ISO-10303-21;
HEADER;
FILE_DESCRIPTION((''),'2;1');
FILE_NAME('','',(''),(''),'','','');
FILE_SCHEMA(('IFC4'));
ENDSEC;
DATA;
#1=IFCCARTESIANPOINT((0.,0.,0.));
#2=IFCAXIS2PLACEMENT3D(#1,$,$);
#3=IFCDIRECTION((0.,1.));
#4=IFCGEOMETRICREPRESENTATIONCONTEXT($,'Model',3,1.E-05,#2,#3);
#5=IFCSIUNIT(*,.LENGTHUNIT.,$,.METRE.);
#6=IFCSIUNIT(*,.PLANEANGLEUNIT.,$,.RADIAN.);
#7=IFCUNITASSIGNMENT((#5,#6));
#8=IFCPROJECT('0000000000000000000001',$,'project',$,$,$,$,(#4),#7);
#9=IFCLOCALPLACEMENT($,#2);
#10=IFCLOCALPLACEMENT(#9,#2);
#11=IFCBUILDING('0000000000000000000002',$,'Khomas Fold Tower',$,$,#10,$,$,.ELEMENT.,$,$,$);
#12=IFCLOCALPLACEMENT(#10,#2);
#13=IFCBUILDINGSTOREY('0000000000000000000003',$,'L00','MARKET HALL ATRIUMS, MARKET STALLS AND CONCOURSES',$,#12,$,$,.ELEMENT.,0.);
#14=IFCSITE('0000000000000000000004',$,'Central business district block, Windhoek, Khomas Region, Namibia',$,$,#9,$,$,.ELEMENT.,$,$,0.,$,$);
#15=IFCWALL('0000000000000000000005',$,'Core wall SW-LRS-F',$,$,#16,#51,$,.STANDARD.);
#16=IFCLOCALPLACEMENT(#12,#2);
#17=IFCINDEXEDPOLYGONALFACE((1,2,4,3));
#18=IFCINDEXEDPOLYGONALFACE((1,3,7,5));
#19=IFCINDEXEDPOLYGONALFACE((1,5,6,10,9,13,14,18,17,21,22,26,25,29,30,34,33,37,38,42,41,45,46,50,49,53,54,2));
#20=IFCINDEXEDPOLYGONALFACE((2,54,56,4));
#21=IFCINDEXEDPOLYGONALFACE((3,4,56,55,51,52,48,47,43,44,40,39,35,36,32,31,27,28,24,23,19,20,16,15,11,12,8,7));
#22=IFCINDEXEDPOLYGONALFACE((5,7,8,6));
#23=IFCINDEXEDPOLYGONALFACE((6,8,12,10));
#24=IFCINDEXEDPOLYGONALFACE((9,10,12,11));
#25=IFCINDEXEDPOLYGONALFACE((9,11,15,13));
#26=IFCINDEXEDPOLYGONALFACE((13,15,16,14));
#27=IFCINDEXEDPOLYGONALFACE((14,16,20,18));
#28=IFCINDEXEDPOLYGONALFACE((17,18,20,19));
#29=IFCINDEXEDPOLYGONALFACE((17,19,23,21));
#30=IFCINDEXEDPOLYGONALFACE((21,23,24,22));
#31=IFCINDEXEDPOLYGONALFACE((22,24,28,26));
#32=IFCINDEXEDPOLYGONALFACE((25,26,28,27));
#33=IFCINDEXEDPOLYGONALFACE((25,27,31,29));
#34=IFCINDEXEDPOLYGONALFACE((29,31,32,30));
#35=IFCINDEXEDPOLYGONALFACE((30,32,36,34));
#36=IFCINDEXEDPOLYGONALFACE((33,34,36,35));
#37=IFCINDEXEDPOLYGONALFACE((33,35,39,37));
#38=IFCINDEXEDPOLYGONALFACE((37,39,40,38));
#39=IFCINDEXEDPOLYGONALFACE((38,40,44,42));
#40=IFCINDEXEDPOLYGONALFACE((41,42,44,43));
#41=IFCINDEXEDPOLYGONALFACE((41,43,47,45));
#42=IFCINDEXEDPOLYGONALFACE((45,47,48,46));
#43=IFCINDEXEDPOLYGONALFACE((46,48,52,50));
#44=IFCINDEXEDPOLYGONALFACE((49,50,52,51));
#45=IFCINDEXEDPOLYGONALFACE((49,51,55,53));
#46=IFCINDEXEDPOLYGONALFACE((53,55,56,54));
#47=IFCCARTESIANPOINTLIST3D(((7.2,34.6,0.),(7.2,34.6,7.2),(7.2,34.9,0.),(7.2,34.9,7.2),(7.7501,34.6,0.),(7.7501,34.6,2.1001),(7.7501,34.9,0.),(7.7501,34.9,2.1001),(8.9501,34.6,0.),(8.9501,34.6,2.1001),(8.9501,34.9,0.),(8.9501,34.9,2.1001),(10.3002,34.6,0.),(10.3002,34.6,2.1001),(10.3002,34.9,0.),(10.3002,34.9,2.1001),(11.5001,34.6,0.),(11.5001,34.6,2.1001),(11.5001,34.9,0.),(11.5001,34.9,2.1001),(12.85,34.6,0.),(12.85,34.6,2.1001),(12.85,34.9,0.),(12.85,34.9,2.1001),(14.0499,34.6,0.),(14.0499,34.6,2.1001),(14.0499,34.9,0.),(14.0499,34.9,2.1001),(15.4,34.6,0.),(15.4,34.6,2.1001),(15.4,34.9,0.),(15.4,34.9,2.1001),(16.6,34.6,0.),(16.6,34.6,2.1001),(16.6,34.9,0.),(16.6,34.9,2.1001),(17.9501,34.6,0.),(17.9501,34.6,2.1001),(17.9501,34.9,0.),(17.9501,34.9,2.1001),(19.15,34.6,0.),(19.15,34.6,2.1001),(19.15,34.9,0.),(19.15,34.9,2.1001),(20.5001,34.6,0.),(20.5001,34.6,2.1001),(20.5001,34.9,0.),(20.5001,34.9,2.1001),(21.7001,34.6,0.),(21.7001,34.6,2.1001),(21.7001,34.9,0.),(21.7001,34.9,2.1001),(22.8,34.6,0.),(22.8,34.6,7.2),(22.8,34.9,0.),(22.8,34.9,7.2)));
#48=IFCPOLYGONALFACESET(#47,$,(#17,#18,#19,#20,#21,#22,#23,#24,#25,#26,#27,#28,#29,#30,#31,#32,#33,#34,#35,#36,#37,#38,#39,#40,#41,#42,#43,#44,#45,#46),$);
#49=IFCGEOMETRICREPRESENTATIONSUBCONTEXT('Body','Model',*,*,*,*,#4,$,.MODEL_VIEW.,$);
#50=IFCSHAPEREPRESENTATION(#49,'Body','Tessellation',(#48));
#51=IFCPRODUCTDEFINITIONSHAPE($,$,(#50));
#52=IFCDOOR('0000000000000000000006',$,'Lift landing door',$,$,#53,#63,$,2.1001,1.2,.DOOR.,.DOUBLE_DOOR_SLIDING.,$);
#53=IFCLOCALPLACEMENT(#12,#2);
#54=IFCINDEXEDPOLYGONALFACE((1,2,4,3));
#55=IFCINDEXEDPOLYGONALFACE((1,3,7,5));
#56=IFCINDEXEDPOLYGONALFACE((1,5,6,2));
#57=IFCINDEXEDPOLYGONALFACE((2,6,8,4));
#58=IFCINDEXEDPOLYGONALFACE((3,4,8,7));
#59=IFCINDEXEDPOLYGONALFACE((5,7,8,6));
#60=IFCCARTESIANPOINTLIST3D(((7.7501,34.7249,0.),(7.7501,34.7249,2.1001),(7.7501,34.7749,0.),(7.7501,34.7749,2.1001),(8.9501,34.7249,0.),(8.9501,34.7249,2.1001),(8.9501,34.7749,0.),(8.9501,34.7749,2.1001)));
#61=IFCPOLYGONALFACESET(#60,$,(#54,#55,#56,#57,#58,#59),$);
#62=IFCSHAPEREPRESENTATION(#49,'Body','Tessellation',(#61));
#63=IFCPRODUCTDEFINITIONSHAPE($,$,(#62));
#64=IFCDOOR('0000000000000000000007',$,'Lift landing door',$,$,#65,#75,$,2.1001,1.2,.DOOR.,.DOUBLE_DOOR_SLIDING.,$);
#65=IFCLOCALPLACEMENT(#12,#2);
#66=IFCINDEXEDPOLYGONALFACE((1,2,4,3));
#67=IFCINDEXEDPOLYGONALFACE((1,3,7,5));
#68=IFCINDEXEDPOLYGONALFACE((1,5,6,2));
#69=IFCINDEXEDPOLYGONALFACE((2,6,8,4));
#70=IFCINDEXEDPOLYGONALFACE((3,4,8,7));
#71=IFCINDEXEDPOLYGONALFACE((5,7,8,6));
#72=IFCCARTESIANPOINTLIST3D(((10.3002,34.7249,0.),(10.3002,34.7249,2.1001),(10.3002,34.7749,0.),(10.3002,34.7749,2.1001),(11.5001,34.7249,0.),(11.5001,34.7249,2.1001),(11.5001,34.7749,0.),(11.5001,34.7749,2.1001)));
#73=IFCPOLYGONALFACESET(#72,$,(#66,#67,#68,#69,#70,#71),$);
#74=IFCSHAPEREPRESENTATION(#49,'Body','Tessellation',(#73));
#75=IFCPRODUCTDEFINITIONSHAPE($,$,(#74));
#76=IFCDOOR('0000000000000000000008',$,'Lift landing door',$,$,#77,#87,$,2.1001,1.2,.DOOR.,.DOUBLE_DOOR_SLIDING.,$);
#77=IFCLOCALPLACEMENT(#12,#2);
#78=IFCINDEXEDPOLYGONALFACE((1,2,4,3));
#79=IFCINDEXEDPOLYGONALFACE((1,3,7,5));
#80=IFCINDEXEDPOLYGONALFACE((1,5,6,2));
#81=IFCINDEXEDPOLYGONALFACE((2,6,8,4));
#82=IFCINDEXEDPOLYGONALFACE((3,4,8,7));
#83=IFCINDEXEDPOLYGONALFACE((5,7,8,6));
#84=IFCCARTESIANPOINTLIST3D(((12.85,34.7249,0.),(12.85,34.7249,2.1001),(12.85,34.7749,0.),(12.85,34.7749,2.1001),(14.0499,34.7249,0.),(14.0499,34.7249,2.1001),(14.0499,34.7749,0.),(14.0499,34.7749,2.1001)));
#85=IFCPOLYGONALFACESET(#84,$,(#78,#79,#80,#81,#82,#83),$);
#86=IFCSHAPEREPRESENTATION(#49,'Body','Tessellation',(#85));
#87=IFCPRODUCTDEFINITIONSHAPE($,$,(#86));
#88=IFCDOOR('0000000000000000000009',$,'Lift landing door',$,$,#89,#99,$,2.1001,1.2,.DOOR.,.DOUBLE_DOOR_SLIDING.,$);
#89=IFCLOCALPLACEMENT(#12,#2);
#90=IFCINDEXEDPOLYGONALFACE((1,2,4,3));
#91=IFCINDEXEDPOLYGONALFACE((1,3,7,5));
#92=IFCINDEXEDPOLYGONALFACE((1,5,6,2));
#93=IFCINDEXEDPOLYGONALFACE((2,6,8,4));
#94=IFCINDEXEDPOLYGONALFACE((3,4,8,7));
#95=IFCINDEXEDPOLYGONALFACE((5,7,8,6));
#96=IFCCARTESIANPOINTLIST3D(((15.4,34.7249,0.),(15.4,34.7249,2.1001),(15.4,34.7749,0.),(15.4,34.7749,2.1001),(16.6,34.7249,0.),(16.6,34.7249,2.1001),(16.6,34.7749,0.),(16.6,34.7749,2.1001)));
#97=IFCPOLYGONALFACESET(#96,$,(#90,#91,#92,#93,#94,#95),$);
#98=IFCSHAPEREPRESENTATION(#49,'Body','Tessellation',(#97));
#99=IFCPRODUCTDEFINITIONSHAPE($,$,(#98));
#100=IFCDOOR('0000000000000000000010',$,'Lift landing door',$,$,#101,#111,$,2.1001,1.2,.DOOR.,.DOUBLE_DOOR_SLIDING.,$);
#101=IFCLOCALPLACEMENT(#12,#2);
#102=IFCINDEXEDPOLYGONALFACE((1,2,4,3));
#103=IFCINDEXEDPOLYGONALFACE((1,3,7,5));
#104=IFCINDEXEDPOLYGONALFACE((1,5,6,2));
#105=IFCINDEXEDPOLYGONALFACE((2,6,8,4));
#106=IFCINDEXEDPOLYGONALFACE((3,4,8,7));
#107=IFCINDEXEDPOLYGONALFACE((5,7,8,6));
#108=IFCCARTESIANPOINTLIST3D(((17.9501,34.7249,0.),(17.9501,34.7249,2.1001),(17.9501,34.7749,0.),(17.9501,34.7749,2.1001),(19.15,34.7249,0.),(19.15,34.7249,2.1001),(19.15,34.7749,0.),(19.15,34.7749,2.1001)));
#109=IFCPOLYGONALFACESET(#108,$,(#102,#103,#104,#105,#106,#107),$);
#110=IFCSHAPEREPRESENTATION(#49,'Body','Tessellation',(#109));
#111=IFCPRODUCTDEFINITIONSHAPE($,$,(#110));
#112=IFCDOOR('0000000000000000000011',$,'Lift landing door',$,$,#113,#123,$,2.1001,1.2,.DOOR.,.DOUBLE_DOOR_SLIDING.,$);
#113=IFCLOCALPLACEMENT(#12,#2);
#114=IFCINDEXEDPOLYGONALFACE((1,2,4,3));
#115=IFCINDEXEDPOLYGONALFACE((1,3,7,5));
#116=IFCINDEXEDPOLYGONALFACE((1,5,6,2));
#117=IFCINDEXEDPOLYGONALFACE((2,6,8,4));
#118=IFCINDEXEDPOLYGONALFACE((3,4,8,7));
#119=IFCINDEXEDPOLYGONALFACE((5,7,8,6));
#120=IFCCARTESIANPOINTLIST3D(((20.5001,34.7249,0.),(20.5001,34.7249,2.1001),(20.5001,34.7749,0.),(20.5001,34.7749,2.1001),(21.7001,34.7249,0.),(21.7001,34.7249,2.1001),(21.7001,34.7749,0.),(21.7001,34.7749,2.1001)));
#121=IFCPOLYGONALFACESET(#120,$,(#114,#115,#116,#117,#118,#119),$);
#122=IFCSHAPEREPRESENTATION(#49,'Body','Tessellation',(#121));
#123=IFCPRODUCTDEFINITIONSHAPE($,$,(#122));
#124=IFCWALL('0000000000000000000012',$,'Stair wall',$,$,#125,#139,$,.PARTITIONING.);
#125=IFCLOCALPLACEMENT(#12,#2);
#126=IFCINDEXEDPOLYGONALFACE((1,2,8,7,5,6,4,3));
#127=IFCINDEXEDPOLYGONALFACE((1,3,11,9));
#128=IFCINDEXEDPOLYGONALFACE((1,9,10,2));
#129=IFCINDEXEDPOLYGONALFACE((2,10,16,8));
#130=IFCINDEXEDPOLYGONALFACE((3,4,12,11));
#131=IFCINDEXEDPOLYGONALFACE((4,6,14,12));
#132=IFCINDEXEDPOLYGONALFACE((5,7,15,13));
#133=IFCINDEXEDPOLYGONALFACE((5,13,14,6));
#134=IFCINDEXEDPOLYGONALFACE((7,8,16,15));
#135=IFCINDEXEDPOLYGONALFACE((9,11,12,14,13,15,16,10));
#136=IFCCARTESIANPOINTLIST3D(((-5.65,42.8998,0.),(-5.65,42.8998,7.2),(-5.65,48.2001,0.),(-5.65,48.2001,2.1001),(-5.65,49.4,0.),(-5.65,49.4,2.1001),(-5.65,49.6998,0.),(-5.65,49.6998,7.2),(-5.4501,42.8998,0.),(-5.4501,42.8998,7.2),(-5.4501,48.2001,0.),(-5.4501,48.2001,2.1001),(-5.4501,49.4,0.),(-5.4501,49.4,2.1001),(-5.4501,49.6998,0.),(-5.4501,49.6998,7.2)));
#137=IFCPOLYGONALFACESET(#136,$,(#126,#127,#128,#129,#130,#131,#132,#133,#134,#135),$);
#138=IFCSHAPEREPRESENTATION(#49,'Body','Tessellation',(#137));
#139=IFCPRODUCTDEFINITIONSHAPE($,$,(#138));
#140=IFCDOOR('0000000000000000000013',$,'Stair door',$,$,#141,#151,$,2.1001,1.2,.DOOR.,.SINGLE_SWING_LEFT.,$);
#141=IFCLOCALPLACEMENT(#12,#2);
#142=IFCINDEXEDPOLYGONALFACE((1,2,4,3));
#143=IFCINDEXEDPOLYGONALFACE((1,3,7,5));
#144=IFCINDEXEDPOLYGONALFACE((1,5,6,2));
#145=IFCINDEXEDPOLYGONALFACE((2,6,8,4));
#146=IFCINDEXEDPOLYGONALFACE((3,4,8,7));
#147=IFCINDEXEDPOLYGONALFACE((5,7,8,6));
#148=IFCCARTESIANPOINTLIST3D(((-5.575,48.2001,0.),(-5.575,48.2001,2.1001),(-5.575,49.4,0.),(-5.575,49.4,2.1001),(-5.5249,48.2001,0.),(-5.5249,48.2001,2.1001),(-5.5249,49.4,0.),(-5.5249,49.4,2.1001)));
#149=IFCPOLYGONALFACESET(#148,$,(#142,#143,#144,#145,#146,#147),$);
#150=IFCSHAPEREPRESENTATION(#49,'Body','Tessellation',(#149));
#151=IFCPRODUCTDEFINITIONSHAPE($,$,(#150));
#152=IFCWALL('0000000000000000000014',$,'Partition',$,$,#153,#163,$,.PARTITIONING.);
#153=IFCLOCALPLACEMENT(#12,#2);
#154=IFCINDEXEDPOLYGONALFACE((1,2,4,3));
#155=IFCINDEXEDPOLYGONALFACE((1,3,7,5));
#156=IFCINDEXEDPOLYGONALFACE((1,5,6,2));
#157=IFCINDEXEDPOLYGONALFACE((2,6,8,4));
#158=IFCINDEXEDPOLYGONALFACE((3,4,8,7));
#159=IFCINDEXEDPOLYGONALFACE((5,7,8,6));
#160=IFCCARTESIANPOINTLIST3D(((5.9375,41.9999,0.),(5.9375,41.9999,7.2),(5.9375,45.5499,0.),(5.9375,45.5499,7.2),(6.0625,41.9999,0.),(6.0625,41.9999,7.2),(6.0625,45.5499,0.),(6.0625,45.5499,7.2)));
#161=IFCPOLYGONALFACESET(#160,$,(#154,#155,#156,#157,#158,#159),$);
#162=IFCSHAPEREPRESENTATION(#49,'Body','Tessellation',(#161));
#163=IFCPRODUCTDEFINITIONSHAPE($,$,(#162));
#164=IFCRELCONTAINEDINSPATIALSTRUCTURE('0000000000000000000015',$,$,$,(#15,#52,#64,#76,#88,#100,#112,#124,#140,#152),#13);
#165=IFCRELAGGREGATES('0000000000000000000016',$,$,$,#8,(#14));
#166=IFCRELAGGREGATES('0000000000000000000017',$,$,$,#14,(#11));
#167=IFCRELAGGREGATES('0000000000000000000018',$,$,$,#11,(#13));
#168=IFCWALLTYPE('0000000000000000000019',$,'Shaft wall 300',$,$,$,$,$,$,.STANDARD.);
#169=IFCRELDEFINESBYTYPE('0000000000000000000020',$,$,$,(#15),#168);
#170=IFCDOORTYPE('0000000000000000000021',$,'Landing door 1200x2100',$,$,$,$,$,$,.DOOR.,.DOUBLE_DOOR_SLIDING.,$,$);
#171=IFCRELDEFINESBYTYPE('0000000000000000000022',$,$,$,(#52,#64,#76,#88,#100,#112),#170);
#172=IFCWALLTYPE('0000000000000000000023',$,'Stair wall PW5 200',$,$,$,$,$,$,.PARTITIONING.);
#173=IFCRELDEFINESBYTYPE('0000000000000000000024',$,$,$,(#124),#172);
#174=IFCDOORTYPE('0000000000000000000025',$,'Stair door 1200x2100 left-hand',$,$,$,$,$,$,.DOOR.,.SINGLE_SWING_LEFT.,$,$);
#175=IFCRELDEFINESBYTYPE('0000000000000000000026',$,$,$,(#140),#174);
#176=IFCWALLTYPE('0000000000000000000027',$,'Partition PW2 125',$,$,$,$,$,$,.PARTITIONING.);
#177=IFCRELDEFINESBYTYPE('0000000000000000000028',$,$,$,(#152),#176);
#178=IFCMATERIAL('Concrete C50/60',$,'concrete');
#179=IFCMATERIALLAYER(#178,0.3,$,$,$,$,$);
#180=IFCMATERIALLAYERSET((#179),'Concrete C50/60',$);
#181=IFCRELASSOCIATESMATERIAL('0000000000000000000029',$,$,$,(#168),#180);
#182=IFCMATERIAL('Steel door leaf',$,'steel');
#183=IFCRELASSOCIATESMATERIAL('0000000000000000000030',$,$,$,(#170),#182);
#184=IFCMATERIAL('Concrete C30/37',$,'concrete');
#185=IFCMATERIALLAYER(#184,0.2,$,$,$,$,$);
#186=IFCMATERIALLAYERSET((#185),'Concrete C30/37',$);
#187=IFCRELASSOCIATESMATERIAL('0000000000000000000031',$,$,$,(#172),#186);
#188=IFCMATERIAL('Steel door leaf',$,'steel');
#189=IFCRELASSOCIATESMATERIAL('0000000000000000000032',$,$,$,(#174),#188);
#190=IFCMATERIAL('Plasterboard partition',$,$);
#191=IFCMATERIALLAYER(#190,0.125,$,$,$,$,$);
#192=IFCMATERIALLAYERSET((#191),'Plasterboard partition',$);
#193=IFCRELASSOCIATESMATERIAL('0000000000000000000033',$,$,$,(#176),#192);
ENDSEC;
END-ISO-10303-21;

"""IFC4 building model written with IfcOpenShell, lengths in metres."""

from ifc_helpers import new_model, si_unit, direction, frame, frame_2d, origin, place, context, subcontext, project, spatial, rectangle, extrude, source, transform, mapped, material, layer, layer_set, type_object, element, fill, save


model = new_model("IFC4")

# Units and contexts
model_context = context("Model", 3, precision=1e-05, world=origin(), true_north=direction((0.0, 1.0)))
body_context = subcontext(model_context, "Body", "Model", "MODEL_VIEW")
ifc_project = project(units=[si_unit("LENGTHUNIT", "METRE"), si_unit("PLANEANGLEUNIT", "RADIAN")], contexts=[model_context])

# Site, building, storey
site_placement = place(None, origin())
site = spatial("IfcSite", under=ifc_project, at=site_placement, Name="Central business district block, Windhoek, Khomas Region, Namibia", CompositionType="ELEMENT", RefElevation=0.0)
building_placement = place(site_placement, origin())
building = spatial("IfcBuilding", under=site, at=building_placement, Name="Khomas Fold Tower", CompositionType="ELEMENT")
storey_placement = place(building_placement, origin())
storey = spatial("IfcBuildingStorey", under=building, at=storey_placement, Name="L00", Description="MARKET HALL ATRIUMS, MARKET STALLS AND CONCOURSES", CompositionType="ELEMENT", Elevation=0.0)

# Wall, openings, doors
ifc_material_1 = material(Name="Concrete C50/60", Category="concrete")
ifc_layer_1 = layer(ifc_material_1, 0.3)
ifc_layer_set_1 = layer_set([ifc_layer_1], Name="Concrete C50/60")
wall_type_1 = type_object("IfcWallType", Name="Shaft wall 300", PredefinedType="STANDARD", material=ifc_layer_set_1)
shared_shape_1 = source(origin(), body_context, "Body", "SweptSolid", [
    extrude(rectangle(XDim=15.6001, YDim=0.3, at=frame_2d((7.8, 0.0))), origin(), (0.0, 0.0, 1.0), 7.2),
])
shared_shape_2 = source(origin(), body_context, "Body", "SweptSolid", [
    extrude(rectangle(XDim=1.2, YDim=2.1001, at=frame_2d((0.6001, 1.05))), frame((0.0, 0.1599, 0.0), z_axis=(0.0, -1.0, 0.0), x_axis=(1.0, 0.0, 0.0)), (0.0, 0.0, 1.0), 0.3201),
])
ifc_material_2 = material(Name="Steel door leaf", Category="steel")
door_type_1 = type_object("IfcDoorType", Name="Landing door 1200x2100", OperationType="DOUBLE_DOOR_SLIDING", PredefinedType="DOOR", material=ifc_material_2)
shared_shape_3 = source(origin(), body_context, "Body", "SweptSolid", [
    extrude(rectangle(XDim=1.2, YDim=2.1001, at=frame_2d((0.6001, 1.05))), frame((0.0, 0.0249, 0.0), z_axis=(0.0, -1.0, 0.0), x_axis=(1.0, 0.0, 0.0)), (0.0, 0.0, 1.0), 0.05),
])
wall_1_placement = place(storey_placement, frame((7.2, 34.75, 0.0), z_axis=(0.0, 0.0, 1.0), x_axis=(1.0, 0.0, 0.0)))
wall_1 = element("IfcWall", 1, at=wall_1_placement, inside=storey, type_object=wall_type_1, Name="Core wall SW-LRS-F", PredefinedType="STANDARD", context=body_context, shape_type="MappedRepresentation", body=[
    mapped(shared_shape_1, transform((0.0, 0.0, 0.0))),
])
opening_1_placement = place(wall_1_placement, frame((0.55, 0.0, 0.0)))
opening_1 = element("IfcOpeningElement", 2, at=opening_1_placement, cuts=wall_1, PredefinedType="OPENING", context=body_context, shape_type="MappedRepresentation", body=[
    mapped(shared_shape_2, transform((0.0, 0.0, 0.0))),
])
opening_2_placement = place(wall_1_placement, frame((3.1001, 0.0, 0.0)))
opening_2 = element("IfcOpeningElement", 3, at=opening_2_placement, cuts=wall_1, PredefinedType="OPENING", context=body_context, shape_type="MappedRepresentation", body=[
    mapped(shared_shape_2, transform((0.0, 0.0, 0.0))),
])
opening_3_placement = place(wall_1_placement, frame((5.6499, 0.0, 0.0)))
opening_3 = element("IfcOpeningElement", 4, at=opening_3_placement, cuts=wall_1, PredefinedType="OPENING", context=body_context, shape_type="MappedRepresentation", body=[
    mapped(shared_shape_2, transform((0.0, 0.0, 0.0))),
])
opening_4_placement = place(wall_1_placement, frame((8.2, 0.0, 0.0)))
opening_4 = element("IfcOpeningElement", 5, at=opening_4_placement, cuts=wall_1, PredefinedType="OPENING", context=body_context, shape_type="MappedRepresentation", body=[
    mapped(shared_shape_2, transform((0.0, 0.0, 0.0))),
])
opening_5_placement = place(wall_1_placement, frame((10.75, 0.0, 0.0)))
opening_5 = element("IfcOpeningElement", 6, at=opening_5_placement, cuts=wall_1, PredefinedType="OPENING", context=body_context, shape_type="MappedRepresentation", body=[
    mapped(shared_shape_2, transform((0.0, 0.0, 0.0))),
])
opening_6_placement = place(wall_1_placement, frame((13.3, 0.0, 0.0)))
opening_6 = element("IfcOpeningElement", 7, at=opening_6_placement, cuts=wall_1, PredefinedType="OPENING", context=body_context, shape_type="MappedRepresentation", body=[
    mapped(shared_shape_2, transform((0.0, 0.0, 0.0))),
])
door_1_placement = place(opening_1_placement, origin())
door_1 = element("IfcDoor", 8, at=door_1_placement, inside=storey, type_object=door_type_1, Name="Lift landing door", OperationType="DOUBLE_DOOR_SLIDING", OverallHeight=2.1001, OverallWidth=1.2, PredefinedType="DOOR", context=body_context, shape_type="MappedRepresentation", body=[
    mapped(shared_shape_3, transform((0.0, 0.0, 0.0))),
])
fill(opening_1, door_1)
door_2_placement = place(opening_2_placement, origin())
door_2 = element("IfcDoor", 9, at=door_2_placement, inside=storey, type_object=door_type_1, Name="Lift landing door", OperationType="DOUBLE_DOOR_SLIDING", OverallHeight=2.1001, OverallWidth=1.2, PredefinedType="DOOR", context=body_context, shape_type="MappedRepresentation", body=[
    mapped(shared_shape_3, transform((0.0, 0.0, 0.0))),
])
fill(opening_2, door_2)
door_3_placement = place(opening_3_placement, origin())
door_3 = element("IfcDoor", 10, at=door_3_placement, inside=storey, type_object=door_type_1, Name="Lift landing door", OperationType="DOUBLE_DOOR_SLIDING", OverallHeight=2.1001, OverallWidth=1.2, PredefinedType="DOOR", context=body_context, shape_type="MappedRepresentation", body=[
    mapped(shared_shape_3, transform((0.0, 0.0, 0.0))),
])
fill(opening_3, door_3)
door_4_placement = place(opening_4_placement, origin())
door_4 = element("IfcDoor", 11, at=door_4_placement, inside=storey, type_object=door_type_1, Name="Lift landing door", OperationType="DOUBLE_DOOR_SLIDING", OverallHeight=2.1001, OverallWidth=1.2, PredefinedType="DOOR", context=body_context, shape_type="MappedRepresentation", body=[
    mapped(shared_shape_3, transform((0.0, 0.0, 0.0))),
])
fill(opening_4, door_4)
door_5_placement = place(opening_5_placement, origin())
door_5 = element("IfcDoor", 12, at=door_5_placement, inside=storey, type_object=door_type_1, Name="Lift landing door", OperationType="DOUBLE_DOOR_SLIDING", OverallHeight=2.1001, OverallWidth=1.2, PredefinedType="DOOR", context=body_context, shape_type="MappedRepresentation", body=[
    mapped(shared_shape_3, transform((0.0, 0.0, 0.0))),
])
fill(opening_5, door_5)
door_6_placement = place(opening_6_placement, origin())
door_6 = element("IfcDoor", 13, at=door_6_placement, inside=storey, type_object=door_type_1, Name="Lift landing door", OperationType="DOUBLE_DOOR_SLIDING", OverallHeight=2.1001, OverallWidth=1.2, PredefinedType="DOOR", context=body_context, shape_type="MappedRepresentation", body=[
    mapped(shared_shape_3, transform((0.0, 0.0, 0.0))),
])
fill(opening_6, door_6)

# Wall, opening, door
ifc_material_3 = material(Name="Concrete C30/37", Category="concrete")
ifc_layer_2 = layer(ifc_material_3, 0.2)
ifc_layer_set_2 = layer_set([ifc_layer_2], Name="Concrete C30/37")
wall_type_2 = type_object("IfcWallType", Name="Stair wall PW5 200", PredefinedType="PARTITIONING", material=ifc_layer_set_2)
shared_shape_4 = source(origin(), body_context, "Body", "SweptSolid", [
    extrude(rectangle(XDim=6.8, YDim=0.2, at=frame_2d((3.3999, 0.0))), origin(), (0.0, 0.0, 1.0), 7.2),
])
wall_2_placement = place(storey_placement, frame((-5.55, 42.8999, 0.0), z_axis=(0.0, 0.0, 1.0), x_axis=(0.0, 1.0, 0.0)))
wall_2 = element("IfcWall", 14, at=wall_2_placement, inside=storey, type_object=wall_type_2, Name="Stair wall", PredefinedType="PARTITIONING", context=body_context, shape_type="MappedRepresentation", body=[
    mapped(shared_shape_4, transform((0.0, 0.0, 0.0))),
])
shared_shape_5 = source(origin(), body_context, "Body", "SweptSolid", [
    extrude(rectangle(XDim=1.2, YDim=2.1001, at=frame_2d((0.6001, 1.05))), frame((0.0, 0.1099, 0.0), z_axis=(0.0, -1.0, 0.0), x_axis=(1.0, 0.0, 0.0)), (0.0, 0.0, 1.0), 0.22),
])
opening_7_placement = place(wall_2_placement, frame((5.3, 0.0, 0.0)))
opening_7 = element("IfcOpeningElement", 15, at=opening_7_placement, cuts=wall_2, PredefinedType="OPENING", context=body_context, shape_type="MappedRepresentation", body=[
    mapped(shared_shape_5, transform((0.0, 0.0, 0.0))),
])
ifc_material_4 = material(Name="Steel door leaf", Category="steel")
door_type_2 = type_object("IfcDoorType", Name="Stair door 1200x2100 left-hand", OperationType="SINGLE_SWING_LEFT", PredefinedType="DOOR", material=ifc_material_4)
door_7_placement = place(opening_7_placement, origin())
door_7 = element("IfcDoor", 16, at=door_7_placement, inside=storey, type_object=door_type_2, Name="Stair door", OperationType="SINGLE_SWING_LEFT", OverallHeight=2.1001, OverallWidth=1.2, PredefinedType="DOOR", context=body_context, shape_type="MappedRepresentation", body=[
    mapped(shared_shape_3, transform((0.0, 0.0, 0.0))),
])
fill(opening_7, door_7)

# Wall
ifc_material_5 = material(Name="Plasterboard partition")
ifc_layer_3 = layer(ifc_material_5, 0.125)
ifc_layer_set_3 = layer_set([ifc_layer_3], Name="Plasterboard partition")
wall_type_3 = type_object("IfcWallType", Name="Partition PW2 125", PredefinedType="PARTITIONING", material=ifc_layer_set_3)
shared_shape_6 = source(origin(), body_context, "Body", "SweptSolid", [
    extrude(rectangle(XDim=3.55, YDim=0.125, at=frame_2d((1.7749, 0.0))), origin(), (0.0, 0.0, 1.0), 7.2),
])
wall_3_placement = place(storey_placement, frame((6.0, 42.0, 0.0), z_axis=(0.0, 0.0, 1.0), x_axis=(0.0, 1.0, 0.0)))
element("IfcWall", 17, at=wall_3_placement, inside=storey, type_object=wall_type_3, Name="Partition", PredefinedType="PARTITIONING", context=body_context, shape_type="MappedRepresentation", body=[
    mapped(shared_shape_6, transform((0.0, 0.0, 0.0))),
])

save(model, "model.ifc")
